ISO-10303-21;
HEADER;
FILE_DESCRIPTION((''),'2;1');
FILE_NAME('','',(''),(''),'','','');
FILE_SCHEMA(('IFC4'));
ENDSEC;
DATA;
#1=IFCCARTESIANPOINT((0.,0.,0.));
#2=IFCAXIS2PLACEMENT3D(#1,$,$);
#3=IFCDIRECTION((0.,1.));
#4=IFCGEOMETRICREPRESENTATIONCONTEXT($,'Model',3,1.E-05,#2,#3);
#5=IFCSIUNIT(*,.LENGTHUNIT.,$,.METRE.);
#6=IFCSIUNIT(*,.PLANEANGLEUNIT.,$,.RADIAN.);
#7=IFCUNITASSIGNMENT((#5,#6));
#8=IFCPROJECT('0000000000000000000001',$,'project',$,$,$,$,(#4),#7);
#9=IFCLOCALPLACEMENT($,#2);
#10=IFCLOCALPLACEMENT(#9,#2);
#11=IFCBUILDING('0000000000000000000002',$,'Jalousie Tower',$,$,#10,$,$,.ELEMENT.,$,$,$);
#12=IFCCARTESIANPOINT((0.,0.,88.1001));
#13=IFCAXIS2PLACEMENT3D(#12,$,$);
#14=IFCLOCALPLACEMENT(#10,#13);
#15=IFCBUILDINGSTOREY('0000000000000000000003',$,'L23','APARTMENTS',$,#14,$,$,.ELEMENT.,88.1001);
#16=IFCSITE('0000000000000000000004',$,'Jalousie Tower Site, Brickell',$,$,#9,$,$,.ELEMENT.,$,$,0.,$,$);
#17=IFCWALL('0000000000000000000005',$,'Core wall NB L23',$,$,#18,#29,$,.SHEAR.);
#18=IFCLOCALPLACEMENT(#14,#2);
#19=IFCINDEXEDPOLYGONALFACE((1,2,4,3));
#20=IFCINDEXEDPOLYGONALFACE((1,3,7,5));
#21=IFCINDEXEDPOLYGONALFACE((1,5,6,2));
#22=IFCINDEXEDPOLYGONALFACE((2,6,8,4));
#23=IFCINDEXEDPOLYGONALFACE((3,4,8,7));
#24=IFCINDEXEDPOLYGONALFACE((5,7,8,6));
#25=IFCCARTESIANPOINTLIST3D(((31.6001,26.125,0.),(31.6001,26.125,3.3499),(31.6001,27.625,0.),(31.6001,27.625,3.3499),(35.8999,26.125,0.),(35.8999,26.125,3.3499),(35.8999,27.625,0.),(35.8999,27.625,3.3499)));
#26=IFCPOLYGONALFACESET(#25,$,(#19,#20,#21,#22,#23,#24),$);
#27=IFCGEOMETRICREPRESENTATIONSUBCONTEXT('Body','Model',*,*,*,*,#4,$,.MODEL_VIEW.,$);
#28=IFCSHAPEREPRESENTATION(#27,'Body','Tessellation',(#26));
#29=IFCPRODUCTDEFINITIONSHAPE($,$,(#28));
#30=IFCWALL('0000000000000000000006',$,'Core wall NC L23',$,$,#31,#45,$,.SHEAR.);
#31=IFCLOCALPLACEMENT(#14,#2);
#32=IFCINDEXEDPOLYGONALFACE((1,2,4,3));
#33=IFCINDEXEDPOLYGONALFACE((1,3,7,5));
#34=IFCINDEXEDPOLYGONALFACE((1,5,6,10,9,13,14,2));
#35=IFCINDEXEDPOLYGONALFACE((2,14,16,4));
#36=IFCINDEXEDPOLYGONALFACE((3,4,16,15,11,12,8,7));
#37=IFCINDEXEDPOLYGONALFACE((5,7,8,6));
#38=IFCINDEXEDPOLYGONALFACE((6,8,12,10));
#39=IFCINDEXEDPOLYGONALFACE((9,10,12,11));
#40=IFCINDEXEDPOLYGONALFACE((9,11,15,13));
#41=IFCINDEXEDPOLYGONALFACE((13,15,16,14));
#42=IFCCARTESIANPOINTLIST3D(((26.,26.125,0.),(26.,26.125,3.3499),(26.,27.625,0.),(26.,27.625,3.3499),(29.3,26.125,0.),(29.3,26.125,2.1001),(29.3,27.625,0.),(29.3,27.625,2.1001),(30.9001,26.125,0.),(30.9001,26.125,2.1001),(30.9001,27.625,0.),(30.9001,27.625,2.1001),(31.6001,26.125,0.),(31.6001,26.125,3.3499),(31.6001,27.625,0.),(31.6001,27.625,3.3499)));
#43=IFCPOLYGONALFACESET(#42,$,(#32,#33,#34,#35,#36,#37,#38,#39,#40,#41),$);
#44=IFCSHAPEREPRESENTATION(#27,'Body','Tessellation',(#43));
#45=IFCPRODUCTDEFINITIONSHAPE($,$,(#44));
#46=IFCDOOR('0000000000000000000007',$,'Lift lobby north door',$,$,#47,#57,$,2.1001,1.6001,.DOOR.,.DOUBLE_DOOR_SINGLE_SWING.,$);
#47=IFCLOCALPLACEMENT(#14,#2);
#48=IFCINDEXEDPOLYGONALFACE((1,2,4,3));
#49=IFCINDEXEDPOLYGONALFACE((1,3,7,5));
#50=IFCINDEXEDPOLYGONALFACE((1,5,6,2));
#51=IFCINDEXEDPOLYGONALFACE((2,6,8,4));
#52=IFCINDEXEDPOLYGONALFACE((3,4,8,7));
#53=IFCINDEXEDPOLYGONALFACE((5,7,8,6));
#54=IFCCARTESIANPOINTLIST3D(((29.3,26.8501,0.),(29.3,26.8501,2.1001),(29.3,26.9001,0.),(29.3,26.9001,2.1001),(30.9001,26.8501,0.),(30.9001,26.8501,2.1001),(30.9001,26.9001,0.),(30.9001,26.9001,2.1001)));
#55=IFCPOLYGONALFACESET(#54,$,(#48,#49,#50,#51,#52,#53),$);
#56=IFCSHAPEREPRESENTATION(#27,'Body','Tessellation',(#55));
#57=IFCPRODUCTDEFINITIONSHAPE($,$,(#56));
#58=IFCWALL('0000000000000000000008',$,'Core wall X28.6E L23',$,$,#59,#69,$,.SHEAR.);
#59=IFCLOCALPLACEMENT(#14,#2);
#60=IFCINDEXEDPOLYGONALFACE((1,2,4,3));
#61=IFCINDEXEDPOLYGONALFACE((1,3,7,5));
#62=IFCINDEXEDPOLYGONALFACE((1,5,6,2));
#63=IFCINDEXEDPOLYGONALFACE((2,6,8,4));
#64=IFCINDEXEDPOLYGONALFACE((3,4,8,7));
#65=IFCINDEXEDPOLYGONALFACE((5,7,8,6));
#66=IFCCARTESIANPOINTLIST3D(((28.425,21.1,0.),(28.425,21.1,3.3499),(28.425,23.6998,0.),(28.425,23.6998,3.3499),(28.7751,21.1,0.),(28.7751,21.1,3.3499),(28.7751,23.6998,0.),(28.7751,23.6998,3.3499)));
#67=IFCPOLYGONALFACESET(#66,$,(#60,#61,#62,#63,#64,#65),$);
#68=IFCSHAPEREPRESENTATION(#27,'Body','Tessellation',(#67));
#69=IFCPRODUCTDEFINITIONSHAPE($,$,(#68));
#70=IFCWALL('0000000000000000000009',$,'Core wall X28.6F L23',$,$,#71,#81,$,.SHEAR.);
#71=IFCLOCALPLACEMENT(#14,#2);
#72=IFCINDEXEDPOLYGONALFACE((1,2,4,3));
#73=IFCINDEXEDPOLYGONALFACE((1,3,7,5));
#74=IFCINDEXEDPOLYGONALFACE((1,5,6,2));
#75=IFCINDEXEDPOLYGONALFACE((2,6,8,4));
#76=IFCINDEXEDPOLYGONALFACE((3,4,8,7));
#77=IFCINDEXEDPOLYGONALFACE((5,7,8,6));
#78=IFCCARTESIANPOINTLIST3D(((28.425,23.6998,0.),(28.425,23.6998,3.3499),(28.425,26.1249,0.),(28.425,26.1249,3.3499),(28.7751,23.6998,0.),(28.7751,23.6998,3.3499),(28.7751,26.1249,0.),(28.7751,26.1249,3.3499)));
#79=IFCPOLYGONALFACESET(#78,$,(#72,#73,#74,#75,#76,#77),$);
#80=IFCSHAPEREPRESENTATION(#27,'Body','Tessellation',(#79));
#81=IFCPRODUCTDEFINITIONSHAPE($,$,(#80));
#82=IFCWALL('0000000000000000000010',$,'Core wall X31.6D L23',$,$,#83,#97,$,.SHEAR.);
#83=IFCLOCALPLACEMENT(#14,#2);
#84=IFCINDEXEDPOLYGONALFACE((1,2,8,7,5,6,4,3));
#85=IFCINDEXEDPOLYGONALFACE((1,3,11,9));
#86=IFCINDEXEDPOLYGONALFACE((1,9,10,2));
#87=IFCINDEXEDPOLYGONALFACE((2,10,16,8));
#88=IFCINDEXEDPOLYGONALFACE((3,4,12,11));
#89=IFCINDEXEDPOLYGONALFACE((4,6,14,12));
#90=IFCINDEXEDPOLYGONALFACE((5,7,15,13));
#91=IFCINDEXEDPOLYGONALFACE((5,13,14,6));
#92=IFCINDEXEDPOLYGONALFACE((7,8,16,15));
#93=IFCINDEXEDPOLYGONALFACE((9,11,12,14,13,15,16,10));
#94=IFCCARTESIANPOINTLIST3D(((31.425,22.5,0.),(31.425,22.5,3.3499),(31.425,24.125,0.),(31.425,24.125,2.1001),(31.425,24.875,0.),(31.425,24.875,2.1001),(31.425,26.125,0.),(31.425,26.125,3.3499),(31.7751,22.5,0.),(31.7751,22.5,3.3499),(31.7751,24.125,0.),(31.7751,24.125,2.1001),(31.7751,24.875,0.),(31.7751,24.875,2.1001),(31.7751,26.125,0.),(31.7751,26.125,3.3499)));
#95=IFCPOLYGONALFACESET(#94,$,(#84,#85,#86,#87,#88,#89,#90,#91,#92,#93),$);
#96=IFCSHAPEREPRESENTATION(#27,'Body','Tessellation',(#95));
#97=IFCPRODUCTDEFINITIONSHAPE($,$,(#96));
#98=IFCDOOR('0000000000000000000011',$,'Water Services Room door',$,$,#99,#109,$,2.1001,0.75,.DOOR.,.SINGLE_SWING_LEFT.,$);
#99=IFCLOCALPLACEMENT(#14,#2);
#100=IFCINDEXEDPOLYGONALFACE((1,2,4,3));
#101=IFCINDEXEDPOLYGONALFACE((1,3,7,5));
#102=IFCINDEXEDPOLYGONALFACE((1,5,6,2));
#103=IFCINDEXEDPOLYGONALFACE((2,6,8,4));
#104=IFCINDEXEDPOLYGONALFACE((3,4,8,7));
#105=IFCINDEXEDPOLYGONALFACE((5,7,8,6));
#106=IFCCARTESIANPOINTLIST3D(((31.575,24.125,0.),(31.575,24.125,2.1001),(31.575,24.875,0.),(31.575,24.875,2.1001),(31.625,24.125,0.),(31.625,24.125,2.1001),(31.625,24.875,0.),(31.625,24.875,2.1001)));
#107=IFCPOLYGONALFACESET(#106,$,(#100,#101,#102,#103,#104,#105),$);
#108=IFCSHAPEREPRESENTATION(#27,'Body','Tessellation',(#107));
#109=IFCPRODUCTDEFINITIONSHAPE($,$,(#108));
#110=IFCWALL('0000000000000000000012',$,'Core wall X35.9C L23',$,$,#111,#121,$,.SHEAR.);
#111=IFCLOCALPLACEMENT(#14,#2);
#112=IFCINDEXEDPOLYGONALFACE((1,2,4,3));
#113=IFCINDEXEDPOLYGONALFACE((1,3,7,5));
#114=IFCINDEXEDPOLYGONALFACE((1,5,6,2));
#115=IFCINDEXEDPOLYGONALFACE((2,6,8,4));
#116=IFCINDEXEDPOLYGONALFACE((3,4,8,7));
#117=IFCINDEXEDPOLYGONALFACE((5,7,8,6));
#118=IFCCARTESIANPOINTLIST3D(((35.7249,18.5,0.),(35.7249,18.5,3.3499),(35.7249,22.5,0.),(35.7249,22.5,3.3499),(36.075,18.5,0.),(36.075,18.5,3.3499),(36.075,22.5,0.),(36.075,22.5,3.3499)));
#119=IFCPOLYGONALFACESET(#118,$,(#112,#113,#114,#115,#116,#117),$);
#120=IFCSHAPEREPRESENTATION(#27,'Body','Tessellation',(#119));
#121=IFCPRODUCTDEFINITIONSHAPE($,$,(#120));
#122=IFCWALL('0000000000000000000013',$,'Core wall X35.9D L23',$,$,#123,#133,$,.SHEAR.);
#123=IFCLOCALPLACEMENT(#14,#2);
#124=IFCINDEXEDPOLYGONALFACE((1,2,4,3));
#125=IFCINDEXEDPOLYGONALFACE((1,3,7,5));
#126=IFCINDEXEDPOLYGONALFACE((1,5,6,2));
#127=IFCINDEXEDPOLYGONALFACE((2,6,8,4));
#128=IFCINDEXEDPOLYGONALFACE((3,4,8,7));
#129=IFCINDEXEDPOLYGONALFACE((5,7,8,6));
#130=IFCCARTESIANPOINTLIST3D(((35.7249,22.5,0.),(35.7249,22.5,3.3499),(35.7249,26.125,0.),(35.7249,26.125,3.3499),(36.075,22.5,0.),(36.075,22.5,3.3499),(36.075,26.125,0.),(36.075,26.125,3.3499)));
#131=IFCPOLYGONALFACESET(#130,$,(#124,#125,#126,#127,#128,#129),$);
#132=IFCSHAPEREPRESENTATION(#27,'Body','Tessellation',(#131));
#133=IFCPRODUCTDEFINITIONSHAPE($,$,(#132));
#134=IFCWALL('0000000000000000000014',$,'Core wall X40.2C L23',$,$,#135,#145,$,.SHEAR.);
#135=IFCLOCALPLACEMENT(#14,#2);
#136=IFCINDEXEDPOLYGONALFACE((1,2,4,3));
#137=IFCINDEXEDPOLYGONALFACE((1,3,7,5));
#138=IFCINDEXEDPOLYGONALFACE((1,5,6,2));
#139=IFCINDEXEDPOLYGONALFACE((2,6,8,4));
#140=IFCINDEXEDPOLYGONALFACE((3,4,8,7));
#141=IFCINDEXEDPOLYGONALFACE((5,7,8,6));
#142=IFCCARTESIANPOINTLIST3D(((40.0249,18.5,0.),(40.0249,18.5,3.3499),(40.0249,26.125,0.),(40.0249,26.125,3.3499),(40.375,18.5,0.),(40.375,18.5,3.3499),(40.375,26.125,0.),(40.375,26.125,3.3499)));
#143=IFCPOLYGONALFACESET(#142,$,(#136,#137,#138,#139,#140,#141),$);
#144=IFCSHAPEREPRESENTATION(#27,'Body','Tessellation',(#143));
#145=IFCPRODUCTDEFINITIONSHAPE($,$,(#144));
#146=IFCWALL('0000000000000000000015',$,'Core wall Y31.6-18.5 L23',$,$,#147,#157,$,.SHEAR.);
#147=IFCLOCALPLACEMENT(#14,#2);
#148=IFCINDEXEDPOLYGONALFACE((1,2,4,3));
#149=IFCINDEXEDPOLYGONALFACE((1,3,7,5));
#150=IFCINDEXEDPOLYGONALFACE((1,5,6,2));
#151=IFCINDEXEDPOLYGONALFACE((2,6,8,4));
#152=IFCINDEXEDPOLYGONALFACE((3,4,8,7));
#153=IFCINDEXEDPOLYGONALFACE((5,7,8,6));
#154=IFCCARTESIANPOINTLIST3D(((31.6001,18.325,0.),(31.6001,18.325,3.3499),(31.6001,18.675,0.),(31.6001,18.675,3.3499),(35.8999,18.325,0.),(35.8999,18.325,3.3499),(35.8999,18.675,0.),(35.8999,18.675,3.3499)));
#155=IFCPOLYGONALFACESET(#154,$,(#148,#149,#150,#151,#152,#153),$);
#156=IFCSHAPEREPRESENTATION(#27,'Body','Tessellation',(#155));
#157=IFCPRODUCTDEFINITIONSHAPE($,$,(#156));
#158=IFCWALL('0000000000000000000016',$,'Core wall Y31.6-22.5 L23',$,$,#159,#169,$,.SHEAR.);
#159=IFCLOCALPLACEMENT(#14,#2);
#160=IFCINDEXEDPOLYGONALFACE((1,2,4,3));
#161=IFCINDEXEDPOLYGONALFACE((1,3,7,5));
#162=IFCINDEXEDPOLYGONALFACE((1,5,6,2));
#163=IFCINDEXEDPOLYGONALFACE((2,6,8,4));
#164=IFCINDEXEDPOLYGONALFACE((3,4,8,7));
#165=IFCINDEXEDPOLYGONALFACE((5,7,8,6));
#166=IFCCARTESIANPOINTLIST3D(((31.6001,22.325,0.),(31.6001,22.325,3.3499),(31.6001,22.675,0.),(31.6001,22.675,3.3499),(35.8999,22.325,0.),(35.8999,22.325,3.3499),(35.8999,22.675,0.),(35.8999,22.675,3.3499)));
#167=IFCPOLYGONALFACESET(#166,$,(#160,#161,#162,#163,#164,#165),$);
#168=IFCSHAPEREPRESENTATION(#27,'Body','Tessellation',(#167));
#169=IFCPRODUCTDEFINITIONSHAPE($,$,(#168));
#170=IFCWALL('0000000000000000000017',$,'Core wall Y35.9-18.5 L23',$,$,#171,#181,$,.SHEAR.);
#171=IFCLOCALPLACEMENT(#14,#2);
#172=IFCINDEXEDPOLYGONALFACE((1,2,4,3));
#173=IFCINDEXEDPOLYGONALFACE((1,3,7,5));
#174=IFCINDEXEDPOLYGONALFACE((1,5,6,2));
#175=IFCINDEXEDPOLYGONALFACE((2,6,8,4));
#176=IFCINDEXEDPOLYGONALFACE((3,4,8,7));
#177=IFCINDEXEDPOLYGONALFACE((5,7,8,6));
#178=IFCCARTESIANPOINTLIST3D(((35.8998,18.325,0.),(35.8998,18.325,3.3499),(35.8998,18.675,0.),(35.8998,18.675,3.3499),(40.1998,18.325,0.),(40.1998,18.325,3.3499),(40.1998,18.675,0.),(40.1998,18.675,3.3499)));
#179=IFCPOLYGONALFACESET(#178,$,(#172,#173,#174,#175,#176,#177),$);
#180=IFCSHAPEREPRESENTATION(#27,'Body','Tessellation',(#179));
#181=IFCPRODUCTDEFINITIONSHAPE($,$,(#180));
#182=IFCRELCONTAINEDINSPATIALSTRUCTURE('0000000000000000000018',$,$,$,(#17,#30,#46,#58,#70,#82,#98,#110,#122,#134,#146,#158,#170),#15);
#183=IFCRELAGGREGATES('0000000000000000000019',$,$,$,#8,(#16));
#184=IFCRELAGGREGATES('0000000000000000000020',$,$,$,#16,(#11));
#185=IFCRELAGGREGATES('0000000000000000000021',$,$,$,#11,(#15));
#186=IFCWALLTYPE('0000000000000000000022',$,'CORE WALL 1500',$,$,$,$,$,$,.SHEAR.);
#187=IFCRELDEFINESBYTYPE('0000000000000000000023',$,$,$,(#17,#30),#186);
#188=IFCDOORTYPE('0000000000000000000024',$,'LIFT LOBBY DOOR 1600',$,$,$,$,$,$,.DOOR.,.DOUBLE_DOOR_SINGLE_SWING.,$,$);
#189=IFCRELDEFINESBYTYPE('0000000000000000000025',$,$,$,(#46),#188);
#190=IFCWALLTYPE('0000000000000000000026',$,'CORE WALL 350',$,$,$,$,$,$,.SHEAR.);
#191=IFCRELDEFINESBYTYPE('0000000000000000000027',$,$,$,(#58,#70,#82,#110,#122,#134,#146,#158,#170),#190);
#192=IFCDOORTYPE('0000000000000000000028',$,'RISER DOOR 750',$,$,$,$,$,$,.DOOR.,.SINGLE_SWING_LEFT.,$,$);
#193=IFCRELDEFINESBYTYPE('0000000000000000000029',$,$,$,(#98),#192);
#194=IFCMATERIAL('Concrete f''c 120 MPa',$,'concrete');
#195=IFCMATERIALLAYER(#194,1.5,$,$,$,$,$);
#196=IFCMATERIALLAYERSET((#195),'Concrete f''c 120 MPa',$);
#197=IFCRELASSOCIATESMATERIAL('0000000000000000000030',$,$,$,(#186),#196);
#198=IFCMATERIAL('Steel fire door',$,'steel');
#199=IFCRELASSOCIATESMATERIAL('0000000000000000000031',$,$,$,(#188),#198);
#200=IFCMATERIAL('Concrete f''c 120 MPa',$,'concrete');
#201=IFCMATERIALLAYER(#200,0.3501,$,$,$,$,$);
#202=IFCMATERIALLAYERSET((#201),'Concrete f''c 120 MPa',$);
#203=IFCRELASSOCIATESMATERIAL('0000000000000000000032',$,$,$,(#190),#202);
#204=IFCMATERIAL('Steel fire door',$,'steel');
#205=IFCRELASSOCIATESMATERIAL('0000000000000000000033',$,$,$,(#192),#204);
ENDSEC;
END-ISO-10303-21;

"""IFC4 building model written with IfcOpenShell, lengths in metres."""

from ifc_helpers import new_model, si_unit, direction, frame, frame_2d, origin, place, context, subcontext, project, spatial, rectangle, extrude, material, layer, layer_set, type_object, element, fill, save


model = new_model("IFC4")

# Units and contexts
model_context = context("Model", 3, precision=1e-05, world=origin(), true_north=direction((0.0, 1.0)))
body_context = subcontext(model_context, "Body", "Model", "MODEL_VIEW")
ifc_project = project(units=[si_unit("LENGTHUNIT", "METRE"), si_unit("PLANEANGLEUNIT", "RADIAN")], contexts=[model_context])

# Site, building, storey
site_placement = place(None, origin())
site = spatial("IfcSite", under=ifc_project, at=site_placement, Name="Jalousie Tower Site, Brickell", CompositionType="ELEMENT", RefElevation=0.0)
building_placement = place(site_placement, origin())
building = spatial("IfcBuilding", under=site, at=building_placement, Name="Jalousie Tower", CompositionType="ELEMENT")
storey_placement = place(building_placement, frame((0.0, 0.0, 88.1001)))
storey = spatial("IfcBuildingStorey", under=building, at=storey_placement, Name="L23", Description="APARTMENTS", CompositionType="ELEMENT", Elevation=88.1001)

# Wall
ifc_material_1 = material(Name="Concrete f'c 120 MPa", Category="concrete")
ifc_layer_1 = layer(ifc_material_1, 1.5)
ifc_layer_set_1 = layer_set([ifc_layer_1], Name="Concrete f'c 120 MPa")
wall_type_1 = type_object("IfcWallType", Name="CORE WALL 1500", PredefinedType="SHEAR", material=ifc_layer_set_1)
wall_1_placement = place(storey_placement, frame((35.8999, 26.875, 0.0), z_axis=(0.0, 0.0, 1.0), x_axis=(-1.0, 0.0, 0.0)))
element("IfcWall", 1, at=wall_1_placement, inside=storey, type_object=wall_type_1, Name="Core wall NB L23", PredefinedType="SHEAR", context=body_context, shape_type="SweptSolid", body=[
    extrude(rectangle(XDim=4.2998, YDim=1.5, at=frame_2d((2.1499, 0.0))), origin(), (0.0, 0.0, 1.0), 3.3499),
])

# Wall, opening, door
wall_2_placement = place(storey_placement, frame((31.6001, 26.875, 0.0), z_axis=(0.0, 0.0, 1.0), x_axis=(-1.0, 0.0, 0.0)))
wall_2 = element("IfcWall", 2, at=wall_2_placement, inside=storey, type_object=wall_type_1, Name="Core wall NC L23", PredefinedType="SHEAR", context=body_context, shape_type="SweptSolid", body=[
    extrude(rectangle(XDim=5.6001, YDim=1.5, at=frame_2d((2.8, 0.0))), origin(), (0.0, 0.0, 1.0), 3.3499),
])
opening_1_placement = place(wall_2_placement, frame((0.7, 0.0, 0.0)))
opening_1 = element("IfcOpeningElement", 3, at=opening_1_placement, cuts=wall_2, PredefinedType="OPENING", context=body_context, shape_type="SweptSolid", body=[
    extrude(rectangle(XDim=1.6001, YDim=2.1001, at=frame_2d((0.8, 1.05))), frame((0.0, 0.76, 0.0), z_axis=(0.0, -1.0, 0.0), x_axis=(1.0, 0.0, 0.0)), (0.0, 0.0, 1.0), 1.52),
])
ifc_material_2 = material(Name="Steel fire door", Category="steel")
door_type_1 = type_object("IfcDoorType", Name="LIFT LOBBY DOOR 1600", OperationType="DOUBLE_DOOR_SINGLE_SWING", PredefinedType="DOOR", material=ifc_material_2)
door_1_placement = place(opening_1_placement, origin())
door_1 = element("IfcDoor", 4, at=door_1_placement, inside=storey, type_object=door_type_1, Name="Lift lobby north door", OperationType="DOUBLE_DOOR_SINGLE_SWING", OverallHeight=2.1001, OverallWidth=1.6001, PredefinedType="DOOR", context=body_context, shape_type="SweptSolid", body=[
    extrude(rectangle(XDim=1.6001, YDim=2.1001, at=frame_2d((0.8, 1.05))), frame((0.0, 0.0249, 0.0), z_axis=(0.0, -1.0, 0.0), x_axis=(1.0, 0.0, 0.0)), (0.0, 0.0, 1.0), 0.05),
])
fill(opening_1, door_1)

# Walls
ifc_material_3 = material(Name="Concrete f'c 120 MPa", Category="concrete")
ifc_layer_2 = layer(ifc_material_3, 0.3501)
ifc_layer_set_2 = layer_set([ifc_layer_2], Name="Concrete f'c 120 MPa")
wall_type_2 = type_object("IfcWallType", Name="CORE WALL 350", PredefinedType="SHEAR", material=ifc_layer_set_2)
wall_3_placement = place(storey_placement, frame((28.6001, 21.1001, 0.0), z_axis=(0.0, 0.0, 1.0), x_axis=(0.0, 1.0, 0.0)))
element("IfcWall", 5, at=wall_3_placement, inside=storey, type_object=wall_type_2, Name="Core wall X28.6E L23", PredefinedType="SHEAR", context=body_context, shape_type="SweptSolid", body=[
    extrude(rectangle(XDim=2.5999, YDim=0.3501, at=frame_2d((1.2998, 0.0))), origin(), (0.0, 0.0, 1.0), 3.3499),
])
wall_4_placement = place(storey_placement, frame((28.6001, 23.7, 0.0), z_axis=(0.0, 0.0, 1.0), x_axis=(0.0, 1.0, 0.0)))
element("IfcWall", 6, at=wall_4_placement, inside=storey, type_object=wall_type_2, Name="Core wall X28.6F L23", PredefinedType="SHEAR", context=body_context, shape_type="SweptSolid", body=[
    extrude(rectangle(XDim=2.425, YDim=0.3501, at=frame_2d((1.2124, 0.0))), origin(), (0.0, 0.0, 1.0), 3.3499),
])

# Wall, opening, door
wall_5_placement = place(storey_placement, frame((31.6001, 22.5, 0.0), z_axis=(0.0, 0.0, 1.0), x_axis=(0.0, 1.0, 0.0)))
wall_5 = element("IfcWall", 7, at=wall_5_placement, inside=storey, type_object=wall_type_2, Name="Core wall X31.6D L23", PredefinedType="SHEAR", context=body_context, shape_type="SweptSolid", body=[
    extrude(rectangle(XDim=3.625, YDim=0.3501, at=frame_2d((1.8125, 0.0))), origin(), (0.0, 0.0, 1.0), 3.3499),
])
opening_2_placement = place(wall_5_placement, frame((1.625, 0.0, 0.0)))
opening_2 = element("IfcOpeningElement", 8, at=opening_2_placement, cuts=wall_5, PredefinedType="OPENING", context=body_context, shape_type="SweptSolid", body=[
    extrude(rectangle(XDim=0.75, YDim=2.1001, at=frame_2d((0.375, 1.05))), frame((0.0, 0.1851, 0.0), z_axis=(0.0, -1.0, 0.0), x_axis=(1.0, 0.0, 0.0)), (0.0, 0.0, 1.0), 0.3701),
])
ifc_material_4 = material(Name="Steel fire door", Category="steel")
door_type_2 = type_object("IfcDoorType", Name="RISER DOOR 750", OperationType="SINGLE_SWING_LEFT", PredefinedType="DOOR", material=ifc_material_4)
door_2_placement = place(opening_2_placement, frame((0.75, 0.0, 0.0), z_axis=(0.0, 0.0, 1.0), x_axis=(-1.0, 0.0, 0.0)))
door_2 = element("IfcDoor", 9, at=door_2_placement, inside=storey, type_object=door_type_2, Name="Water Services Room door", OperationType="SINGLE_SWING_LEFT", OverallHeight=2.1001, OverallWidth=0.75, PredefinedType="DOOR", context=body_context, shape_type="SweptSolid", body=[
    extrude(rectangle(XDim=0.75, YDim=2.1001, at=frame_2d((0.375, 1.05))), frame((0.0, 0.0249, 0.0), z_axis=(0.0, -1.0, 0.0), x_axis=(1.0, 0.0, 0.0)), (0.0, 0.0, 1.0), 0.05),
])
fill(opening_2, door_2)

# Walls
wall_6_placement = place(storey_placement, frame((35.8999, 18.5, 0.0), z_axis=(0.0, 0.0, 1.0), x_axis=(0.0, 1.0, 0.0)))
element("IfcWall", 10, at=wall_6_placement, inside=storey, type_object=wall_type_2, Name="Core wall X35.9C L23", PredefinedType="SHEAR", context=body_context, shape_type="SweptSolid", body=[
    extrude(rectangle(XDim=4.0, YDim=0.3501, at=frame_2d((2.0, 0.0))), origin(), (0.0, 0.0, 1.0), 3.3499),
])
wall_7_placement = place(storey_placement, frame((35.8999, 22.5, 0.0), z_axis=(0.0, 0.0, 1.0), x_axis=(0.0, 1.0, 0.0)))
element("IfcWall", 11, at=wall_7_placement, inside=storey, type_object=wall_type_2, Name="Core wall X35.9D L23", PredefinedType="SHEAR", context=body_context, shape_type="SweptSolid", body=[
    extrude(rectangle(XDim=3.625, YDim=0.3501, at=frame_2d((1.8125, 0.0))), origin(), (0.0, 0.0, 1.0), 3.3499),
])
wall_8_placement = place(storey_placement, frame((40.2, 18.5, 0.0), z_axis=(0.0, 0.0, 1.0), x_axis=(0.0, 1.0, 0.0)))
element("IfcWall", 12, at=wall_8_placement, inside=storey, type_object=wall_type_2, Name="Core wall X40.2C L23", PredefinedType="SHEAR", context=body_context, shape_type="SweptSolid", body=[
    extrude(rectangle(XDim=7.625, YDim=0.3501, at=frame_2d((3.8125, 0.0))), origin(), (0.0, 0.0, 1.0), 3.3499),
])
for number, where, z_axis, x_axis, name in (
    (13, (31.6001, 18.5, 0.0), (0.0, 0.0, 1.0), (1.0, 0.0, 0.0), "Core wall Y31.6-18.5 L23"),
    (14, (31.6001, 22.5, 0.0), (0.0, 0.0, 1.0), (1.0, 0.0, 0.0), "Core wall Y31.6-22.5 L23"),
):
    element("IfcWall", number, at=place(storey_placement, frame(where, z_axis=z_axis, x_axis=x_axis)), inside=storey, type_object=wall_type_2, Name=name, PredefinedType="SHEAR", context=body_context, shape_type="SweptSolid", body=[
        extrude(rectangle(XDim=4.2998, YDim=0.3501, at=frame_2d((2.1499, 0.0))), origin(), (0.0, 0.0, 1.0), 3.3499),
    ])
wall_9_placement = place(storey_placement, frame((35.8999, 18.5, 0.0), z_axis=(0.0, 0.0, 1.0), x_axis=(1.0, 0.0, 0.0)))
element("IfcWall", 15, at=wall_9_placement, inside=storey, type_object=wall_type_2, Name="Core wall Y35.9-18.5 L23", PredefinedType="SHEAR", context=body_context, shape_type="SweptSolid", body=[
    extrude(rectangle(XDim=4.3, YDim=0.3501, at=frame_2d((2.1499, 0.0))), origin(), (0.0, 0.0, 1.0), 3.3499),
])

save(model, "model.ifc")
